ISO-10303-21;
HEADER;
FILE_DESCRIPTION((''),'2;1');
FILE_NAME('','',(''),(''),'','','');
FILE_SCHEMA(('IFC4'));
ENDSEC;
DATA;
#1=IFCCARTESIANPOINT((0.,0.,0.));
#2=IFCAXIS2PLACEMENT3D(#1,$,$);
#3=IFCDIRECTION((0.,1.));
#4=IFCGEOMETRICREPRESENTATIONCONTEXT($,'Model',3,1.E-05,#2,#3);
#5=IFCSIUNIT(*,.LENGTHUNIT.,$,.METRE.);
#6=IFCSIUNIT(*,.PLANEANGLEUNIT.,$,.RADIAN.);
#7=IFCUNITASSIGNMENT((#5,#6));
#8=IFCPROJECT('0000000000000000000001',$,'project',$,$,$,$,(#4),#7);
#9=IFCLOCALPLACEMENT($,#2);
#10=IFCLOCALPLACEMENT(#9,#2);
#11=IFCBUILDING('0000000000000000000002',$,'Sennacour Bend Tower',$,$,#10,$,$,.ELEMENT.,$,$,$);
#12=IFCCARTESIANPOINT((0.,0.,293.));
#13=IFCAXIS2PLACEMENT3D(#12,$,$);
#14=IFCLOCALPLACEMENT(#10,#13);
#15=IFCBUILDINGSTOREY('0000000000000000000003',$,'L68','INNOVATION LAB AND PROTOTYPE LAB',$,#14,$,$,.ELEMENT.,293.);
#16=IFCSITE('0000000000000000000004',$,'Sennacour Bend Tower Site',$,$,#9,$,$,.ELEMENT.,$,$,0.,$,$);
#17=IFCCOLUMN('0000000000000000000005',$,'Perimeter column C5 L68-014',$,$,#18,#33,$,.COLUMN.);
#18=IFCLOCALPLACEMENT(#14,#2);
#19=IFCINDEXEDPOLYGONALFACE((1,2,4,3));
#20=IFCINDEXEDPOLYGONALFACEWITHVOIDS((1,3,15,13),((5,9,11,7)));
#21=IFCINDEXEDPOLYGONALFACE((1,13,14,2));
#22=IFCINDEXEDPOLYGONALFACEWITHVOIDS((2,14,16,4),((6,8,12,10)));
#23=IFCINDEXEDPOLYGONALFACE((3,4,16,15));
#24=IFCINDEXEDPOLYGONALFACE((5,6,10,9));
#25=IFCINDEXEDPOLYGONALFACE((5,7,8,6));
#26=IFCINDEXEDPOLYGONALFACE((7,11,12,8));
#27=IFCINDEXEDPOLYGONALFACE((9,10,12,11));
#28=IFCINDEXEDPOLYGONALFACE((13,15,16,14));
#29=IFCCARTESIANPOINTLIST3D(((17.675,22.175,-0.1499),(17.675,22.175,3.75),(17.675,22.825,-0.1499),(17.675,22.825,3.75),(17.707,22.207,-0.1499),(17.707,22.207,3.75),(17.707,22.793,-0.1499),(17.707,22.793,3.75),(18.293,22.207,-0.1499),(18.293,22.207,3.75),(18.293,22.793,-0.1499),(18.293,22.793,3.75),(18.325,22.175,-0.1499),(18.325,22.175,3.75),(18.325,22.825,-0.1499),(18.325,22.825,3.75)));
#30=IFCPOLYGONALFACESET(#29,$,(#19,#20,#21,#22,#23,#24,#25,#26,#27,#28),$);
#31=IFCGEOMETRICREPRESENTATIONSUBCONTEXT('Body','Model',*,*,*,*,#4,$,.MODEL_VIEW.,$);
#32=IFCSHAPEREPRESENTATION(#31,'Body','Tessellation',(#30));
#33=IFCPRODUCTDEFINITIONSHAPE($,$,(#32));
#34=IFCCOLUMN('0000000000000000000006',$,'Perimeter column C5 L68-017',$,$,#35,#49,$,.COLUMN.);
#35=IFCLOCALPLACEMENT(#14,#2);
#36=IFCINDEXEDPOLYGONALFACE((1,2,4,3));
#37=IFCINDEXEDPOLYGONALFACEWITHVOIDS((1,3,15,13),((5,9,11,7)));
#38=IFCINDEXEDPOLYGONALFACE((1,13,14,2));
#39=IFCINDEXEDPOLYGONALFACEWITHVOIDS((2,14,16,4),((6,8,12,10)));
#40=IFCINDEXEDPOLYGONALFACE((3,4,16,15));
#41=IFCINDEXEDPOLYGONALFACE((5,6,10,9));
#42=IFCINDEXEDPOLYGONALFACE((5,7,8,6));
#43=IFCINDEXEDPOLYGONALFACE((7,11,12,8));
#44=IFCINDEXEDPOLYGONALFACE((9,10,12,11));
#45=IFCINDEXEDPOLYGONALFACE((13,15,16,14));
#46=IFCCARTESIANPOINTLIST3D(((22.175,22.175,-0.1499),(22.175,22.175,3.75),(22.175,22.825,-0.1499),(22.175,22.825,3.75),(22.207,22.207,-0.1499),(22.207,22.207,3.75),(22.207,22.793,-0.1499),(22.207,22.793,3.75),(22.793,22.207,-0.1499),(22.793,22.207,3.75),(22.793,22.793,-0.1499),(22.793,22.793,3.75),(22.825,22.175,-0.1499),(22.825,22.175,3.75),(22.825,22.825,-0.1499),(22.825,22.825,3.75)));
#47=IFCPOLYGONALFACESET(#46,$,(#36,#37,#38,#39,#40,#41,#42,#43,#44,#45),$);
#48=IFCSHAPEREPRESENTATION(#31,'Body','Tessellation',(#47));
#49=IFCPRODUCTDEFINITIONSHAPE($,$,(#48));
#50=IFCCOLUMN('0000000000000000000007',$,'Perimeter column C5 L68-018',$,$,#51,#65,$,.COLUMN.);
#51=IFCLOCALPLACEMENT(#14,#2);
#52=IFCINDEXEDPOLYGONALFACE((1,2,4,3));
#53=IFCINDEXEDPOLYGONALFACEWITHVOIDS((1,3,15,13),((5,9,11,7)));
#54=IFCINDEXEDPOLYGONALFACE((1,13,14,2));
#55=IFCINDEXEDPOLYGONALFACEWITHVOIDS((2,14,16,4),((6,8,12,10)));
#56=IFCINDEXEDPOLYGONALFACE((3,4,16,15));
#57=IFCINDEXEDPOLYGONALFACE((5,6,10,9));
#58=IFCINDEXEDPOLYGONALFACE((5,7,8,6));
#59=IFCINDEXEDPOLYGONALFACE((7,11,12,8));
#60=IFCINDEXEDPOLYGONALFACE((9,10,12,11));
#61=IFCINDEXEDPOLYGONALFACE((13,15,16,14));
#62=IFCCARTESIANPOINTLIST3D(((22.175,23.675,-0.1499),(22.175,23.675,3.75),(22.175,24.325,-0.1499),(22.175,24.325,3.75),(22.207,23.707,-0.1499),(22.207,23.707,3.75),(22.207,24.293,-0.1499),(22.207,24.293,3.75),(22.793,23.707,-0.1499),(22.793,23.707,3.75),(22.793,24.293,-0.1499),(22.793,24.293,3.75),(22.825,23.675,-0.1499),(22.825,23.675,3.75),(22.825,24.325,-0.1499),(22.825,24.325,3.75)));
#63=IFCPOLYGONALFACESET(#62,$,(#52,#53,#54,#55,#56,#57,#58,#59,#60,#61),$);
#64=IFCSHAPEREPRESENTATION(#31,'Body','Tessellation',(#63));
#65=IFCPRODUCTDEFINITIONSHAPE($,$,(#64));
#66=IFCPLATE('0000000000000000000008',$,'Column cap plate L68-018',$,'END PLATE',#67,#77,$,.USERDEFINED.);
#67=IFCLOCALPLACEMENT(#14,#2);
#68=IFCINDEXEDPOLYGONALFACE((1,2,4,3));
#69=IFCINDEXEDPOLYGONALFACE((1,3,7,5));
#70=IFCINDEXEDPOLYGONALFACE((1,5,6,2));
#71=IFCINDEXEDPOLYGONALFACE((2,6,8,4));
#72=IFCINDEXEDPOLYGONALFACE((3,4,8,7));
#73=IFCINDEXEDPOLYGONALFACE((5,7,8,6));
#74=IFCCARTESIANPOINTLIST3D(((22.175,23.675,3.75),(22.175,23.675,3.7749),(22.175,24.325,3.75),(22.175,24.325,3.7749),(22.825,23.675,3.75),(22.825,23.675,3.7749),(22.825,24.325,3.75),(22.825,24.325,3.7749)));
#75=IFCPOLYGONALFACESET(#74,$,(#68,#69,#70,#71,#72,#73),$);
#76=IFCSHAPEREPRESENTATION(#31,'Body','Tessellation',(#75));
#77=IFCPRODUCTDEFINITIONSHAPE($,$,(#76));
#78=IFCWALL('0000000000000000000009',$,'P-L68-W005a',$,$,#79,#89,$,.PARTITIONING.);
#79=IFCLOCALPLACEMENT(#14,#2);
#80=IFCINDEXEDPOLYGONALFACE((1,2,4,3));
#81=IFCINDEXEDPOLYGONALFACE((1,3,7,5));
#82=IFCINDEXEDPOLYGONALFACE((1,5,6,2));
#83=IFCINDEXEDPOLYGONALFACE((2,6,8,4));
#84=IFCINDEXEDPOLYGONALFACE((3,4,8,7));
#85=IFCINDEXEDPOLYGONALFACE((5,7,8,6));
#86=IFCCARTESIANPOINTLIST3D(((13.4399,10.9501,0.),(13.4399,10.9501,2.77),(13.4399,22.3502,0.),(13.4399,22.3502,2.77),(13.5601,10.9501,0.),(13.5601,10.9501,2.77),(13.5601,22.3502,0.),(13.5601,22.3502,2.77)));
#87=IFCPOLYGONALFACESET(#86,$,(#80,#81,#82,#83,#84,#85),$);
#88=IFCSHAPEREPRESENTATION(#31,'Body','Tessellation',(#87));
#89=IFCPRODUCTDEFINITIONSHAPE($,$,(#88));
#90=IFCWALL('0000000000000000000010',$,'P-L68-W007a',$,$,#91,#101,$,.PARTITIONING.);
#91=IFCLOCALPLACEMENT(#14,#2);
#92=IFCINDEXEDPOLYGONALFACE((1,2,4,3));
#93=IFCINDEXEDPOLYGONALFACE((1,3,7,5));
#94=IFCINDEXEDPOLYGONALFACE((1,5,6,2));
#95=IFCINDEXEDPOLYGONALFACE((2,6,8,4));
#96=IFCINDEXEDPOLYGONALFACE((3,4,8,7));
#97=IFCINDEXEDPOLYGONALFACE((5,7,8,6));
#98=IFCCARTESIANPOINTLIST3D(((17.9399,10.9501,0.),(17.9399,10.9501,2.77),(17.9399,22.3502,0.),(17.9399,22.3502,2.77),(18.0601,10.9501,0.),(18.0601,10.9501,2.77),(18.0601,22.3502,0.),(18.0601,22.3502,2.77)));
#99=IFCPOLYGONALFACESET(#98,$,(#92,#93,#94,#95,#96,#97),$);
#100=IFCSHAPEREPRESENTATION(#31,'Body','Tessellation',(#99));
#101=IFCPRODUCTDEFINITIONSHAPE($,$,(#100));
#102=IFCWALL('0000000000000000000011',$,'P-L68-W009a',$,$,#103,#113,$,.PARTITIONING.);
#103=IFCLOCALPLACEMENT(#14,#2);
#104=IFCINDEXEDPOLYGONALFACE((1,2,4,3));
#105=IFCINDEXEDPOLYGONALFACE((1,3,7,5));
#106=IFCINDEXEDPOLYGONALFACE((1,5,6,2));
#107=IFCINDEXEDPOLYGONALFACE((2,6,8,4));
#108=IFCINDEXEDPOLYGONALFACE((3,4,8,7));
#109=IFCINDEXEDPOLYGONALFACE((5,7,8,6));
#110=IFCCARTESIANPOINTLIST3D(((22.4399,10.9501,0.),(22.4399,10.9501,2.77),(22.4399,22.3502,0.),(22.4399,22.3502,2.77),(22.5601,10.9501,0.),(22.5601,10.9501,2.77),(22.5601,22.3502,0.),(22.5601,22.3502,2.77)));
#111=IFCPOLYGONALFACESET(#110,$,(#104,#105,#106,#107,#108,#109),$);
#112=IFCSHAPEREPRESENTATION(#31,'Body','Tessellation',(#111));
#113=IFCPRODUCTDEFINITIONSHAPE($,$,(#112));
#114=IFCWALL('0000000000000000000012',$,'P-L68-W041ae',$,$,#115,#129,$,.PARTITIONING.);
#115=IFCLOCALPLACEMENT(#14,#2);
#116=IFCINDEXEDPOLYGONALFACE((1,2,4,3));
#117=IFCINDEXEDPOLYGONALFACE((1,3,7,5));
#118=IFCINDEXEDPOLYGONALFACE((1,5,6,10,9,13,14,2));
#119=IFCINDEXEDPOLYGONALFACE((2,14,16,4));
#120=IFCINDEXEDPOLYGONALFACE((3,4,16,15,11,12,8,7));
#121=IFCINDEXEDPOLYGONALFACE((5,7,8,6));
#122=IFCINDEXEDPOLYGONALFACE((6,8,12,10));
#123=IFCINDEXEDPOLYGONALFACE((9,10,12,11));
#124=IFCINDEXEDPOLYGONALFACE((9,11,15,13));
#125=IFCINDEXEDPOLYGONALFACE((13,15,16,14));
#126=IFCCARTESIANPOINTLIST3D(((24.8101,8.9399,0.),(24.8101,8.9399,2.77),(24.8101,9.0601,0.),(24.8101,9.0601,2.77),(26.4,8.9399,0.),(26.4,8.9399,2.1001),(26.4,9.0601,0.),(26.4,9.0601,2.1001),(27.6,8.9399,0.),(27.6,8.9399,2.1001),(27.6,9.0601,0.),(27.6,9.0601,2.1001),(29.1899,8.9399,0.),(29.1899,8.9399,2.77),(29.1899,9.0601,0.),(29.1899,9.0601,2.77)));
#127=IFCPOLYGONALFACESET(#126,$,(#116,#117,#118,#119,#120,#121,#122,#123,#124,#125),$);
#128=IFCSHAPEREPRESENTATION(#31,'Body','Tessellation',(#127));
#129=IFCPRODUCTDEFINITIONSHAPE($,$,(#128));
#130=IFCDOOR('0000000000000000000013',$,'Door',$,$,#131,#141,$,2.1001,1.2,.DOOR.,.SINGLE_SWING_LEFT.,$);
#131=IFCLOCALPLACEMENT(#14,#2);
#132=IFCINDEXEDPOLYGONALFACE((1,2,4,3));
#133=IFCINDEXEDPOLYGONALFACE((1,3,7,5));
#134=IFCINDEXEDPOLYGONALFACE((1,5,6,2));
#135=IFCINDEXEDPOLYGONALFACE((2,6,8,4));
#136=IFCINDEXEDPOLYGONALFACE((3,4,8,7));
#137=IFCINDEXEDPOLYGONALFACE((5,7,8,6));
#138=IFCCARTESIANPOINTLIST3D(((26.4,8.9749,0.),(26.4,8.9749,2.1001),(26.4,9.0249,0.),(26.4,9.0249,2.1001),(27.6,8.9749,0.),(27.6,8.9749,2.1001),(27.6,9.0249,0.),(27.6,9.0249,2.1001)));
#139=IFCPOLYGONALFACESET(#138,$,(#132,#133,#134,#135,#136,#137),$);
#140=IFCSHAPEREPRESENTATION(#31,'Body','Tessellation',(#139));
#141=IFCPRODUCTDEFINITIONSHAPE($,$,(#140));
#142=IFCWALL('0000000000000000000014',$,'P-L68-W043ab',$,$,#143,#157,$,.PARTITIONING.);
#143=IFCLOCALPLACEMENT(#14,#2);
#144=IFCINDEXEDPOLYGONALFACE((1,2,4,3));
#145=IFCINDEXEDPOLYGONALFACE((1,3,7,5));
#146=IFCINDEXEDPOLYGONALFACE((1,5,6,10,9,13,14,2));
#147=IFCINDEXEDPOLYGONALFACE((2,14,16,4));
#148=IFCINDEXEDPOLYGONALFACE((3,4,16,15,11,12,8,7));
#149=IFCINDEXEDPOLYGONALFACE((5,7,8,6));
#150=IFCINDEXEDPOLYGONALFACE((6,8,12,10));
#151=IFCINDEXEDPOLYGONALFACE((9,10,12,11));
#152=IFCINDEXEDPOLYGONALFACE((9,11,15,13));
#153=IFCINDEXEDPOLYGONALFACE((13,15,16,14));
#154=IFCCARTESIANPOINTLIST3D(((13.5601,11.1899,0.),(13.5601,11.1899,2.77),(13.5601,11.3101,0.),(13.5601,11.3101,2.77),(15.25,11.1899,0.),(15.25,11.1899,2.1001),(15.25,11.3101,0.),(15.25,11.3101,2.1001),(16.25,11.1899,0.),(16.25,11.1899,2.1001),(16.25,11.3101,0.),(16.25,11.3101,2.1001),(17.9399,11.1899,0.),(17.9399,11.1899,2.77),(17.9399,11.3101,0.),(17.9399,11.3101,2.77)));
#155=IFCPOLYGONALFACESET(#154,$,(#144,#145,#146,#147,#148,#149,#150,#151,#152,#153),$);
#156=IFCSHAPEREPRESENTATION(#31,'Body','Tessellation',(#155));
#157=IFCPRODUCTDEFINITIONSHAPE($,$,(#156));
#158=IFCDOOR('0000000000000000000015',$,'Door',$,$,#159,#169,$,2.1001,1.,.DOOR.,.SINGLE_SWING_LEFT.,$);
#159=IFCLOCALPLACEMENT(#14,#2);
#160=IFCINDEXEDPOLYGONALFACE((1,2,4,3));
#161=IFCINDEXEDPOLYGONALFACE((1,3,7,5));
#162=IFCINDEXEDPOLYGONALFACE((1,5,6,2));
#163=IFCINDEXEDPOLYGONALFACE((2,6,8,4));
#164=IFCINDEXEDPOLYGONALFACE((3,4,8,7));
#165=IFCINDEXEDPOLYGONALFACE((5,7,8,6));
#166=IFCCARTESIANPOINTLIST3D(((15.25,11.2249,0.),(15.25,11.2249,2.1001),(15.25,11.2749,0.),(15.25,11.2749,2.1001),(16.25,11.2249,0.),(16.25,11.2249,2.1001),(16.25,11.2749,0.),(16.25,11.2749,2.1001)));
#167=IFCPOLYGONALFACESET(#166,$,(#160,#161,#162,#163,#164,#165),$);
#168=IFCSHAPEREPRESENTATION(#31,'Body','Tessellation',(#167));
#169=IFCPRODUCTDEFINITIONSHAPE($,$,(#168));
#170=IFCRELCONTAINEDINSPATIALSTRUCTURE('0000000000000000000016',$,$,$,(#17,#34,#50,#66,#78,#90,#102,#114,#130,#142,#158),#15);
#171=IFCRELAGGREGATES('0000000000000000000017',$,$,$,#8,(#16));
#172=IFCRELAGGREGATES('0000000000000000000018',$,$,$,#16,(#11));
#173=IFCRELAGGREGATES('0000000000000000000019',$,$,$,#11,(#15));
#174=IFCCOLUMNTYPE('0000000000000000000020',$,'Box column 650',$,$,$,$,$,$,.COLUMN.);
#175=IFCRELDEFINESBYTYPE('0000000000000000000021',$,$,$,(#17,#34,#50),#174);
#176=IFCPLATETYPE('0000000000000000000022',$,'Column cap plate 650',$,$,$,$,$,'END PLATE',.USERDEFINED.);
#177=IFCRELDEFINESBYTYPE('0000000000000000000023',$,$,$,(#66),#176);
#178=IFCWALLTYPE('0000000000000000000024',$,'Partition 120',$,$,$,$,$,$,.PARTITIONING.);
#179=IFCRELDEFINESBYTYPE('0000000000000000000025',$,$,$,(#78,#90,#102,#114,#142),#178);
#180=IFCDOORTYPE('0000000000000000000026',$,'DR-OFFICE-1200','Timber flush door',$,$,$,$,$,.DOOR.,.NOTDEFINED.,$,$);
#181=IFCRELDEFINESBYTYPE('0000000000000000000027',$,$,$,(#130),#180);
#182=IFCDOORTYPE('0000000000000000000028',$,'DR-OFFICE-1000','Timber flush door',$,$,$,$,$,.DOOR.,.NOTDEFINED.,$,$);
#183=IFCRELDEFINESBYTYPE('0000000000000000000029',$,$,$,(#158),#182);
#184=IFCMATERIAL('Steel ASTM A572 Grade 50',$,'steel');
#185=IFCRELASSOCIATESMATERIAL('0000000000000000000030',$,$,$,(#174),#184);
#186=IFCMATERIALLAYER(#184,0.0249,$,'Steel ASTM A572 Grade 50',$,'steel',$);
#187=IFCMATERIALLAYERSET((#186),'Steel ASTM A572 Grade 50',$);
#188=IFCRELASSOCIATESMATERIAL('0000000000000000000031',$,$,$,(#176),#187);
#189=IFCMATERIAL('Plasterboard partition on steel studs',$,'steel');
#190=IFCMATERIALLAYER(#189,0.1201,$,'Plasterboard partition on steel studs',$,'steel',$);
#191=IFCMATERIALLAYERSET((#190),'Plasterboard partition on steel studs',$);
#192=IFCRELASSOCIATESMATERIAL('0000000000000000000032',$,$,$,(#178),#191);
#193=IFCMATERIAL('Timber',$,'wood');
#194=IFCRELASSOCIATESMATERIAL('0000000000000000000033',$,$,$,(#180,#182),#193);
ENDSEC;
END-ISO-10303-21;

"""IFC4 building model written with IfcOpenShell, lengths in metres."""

from ifc_helpers import new_model, si_unit, direction, frame, frame_2d, origin, origin_2d, place, context, subcontext, project, spatial, rectangle, hollow_rectangle, extrude, material, layer, layer_set, material_profile, profile_set, type_object, element, fill, save


model = new_model("IFC4")

# Units and contexts
model_context = context("Model", 3, precision=1e-05, world=origin(), true_north=direction((0.0, 1.0)))
body_context = subcontext(model_context, "Body", "Model", "MODEL_VIEW")
ifc_project = project(units=[si_unit("LENGTHUNIT", "METRE"), si_unit("PLANEANGLEUNIT", "RADIAN")], contexts=[model_context])

# Site, building, storey
site_placement = place(None, origin())
site = spatial("IfcSite", under=ifc_project, at=site_placement, Name="Sennacour Bend Tower Site", CompositionType="ELEMENT", RefElevation=0.0)
building_placement = place(site_placement, origin())
building = spatial("IfcBuilding", under=site, at=building_placement, Name="Sennacour Bend Tower", CompositionType="ELEMENT")
storey_placement = place(building_placement, frame((0.0, 0.0, 293.0)))
storey = spatial("IfcBuildingStorey", under=building, at=storey_placement, Name="L68", Description="INNOVATION LAB AND PROTOTYPE LAB", CompositionType="ELEMENT", Elevation=293.0)

# Columns
ifc_material_1 = material(Name="Steel ASTM A572 Grade 50", Category="steel")
ifc_material_profile = material_profile(ifc_material_1, hollow_rectangle(XDim=0.6499, YDim=0.6499, WallThickness=0.032, at=origin_2d()), Name="Steel ASTM A572 Grade 50", Category="steel")
ifc_profile_set = profile_set([ifc_material_profile], Name="Steel ASTM A572 Grade 50")
column_type = type_object("IfcColumnType", Name="Box column 650", PredefinedType="COLUMN", material=ifc_profile_set)
for number, where, z_axis, x_axis, name in (
    (1, (18.0, 22.5, -0.1499), (0.0, 0.0, 1.0), (1.0, 0.0, 0.0), "Perimeter column C5 L68-014"),
    (2, (22.5, 22.5, -0.1499), (0.0, 0.0, 1.0), (1.0, 0.0, 0.0), "Perimeter column C5 L68-017"),
    (3, (22.5, 24.0, -0.1499), (0.0, 0.0, 1.0), (1.0, 0.0, 0.0), "Perimeter column C5 L68-018"),
):
    element("IfcColumn", number, at=place(storey_placement, frame(where, z_axis=z_axis, x_axis=x_axis)), inside=storey, type_object=column_type, Name=name, PredefinedType="COLUMN", context=body_context, shape_type="SweptSolid", body=[
        extrude(hollow_rectangle(XDim=0.6499, YDim=0.6499, WallThickness=0.032, at=origin_2d()), origin(), (0.0, 0.0, 1.0), 3.8999),
    ])

# Plate
ifc_layer_1 = layer(ifc_material_1, 0.0249, Name="Steel ASTM A572 Grade 50", Category="steel")
ifc_layer_set_1 = layer_set([ifc_layer_1], Name="Steel ASTM A572 Grade 50")
plate_type = type_object("IfcPlateType", Name="Column cap plate 650", ElementType="END PLATE", PredefinedType="USERDEFINED", material=ifc_layer_set_1)
plate_placement = place(storey_placement, frame((22.5, 24.0, 3.75), z_axis=(0.0, 0.0, 1.0), x_axis=(1.0, 0.0, 0.0)))
element("IfcPlate", 4, at=plate_placement, inside=storey, type_object=plate_type, Name="Column cap plate L68-018", ObjectType="END PLATE", PredefinedType="USERDEFINED", context=body_context, shape_type="SweptSolid", body=[
    extrude(rectangle(XDim=0.6499, YDim=0.6499, at=origin_2d()), origin(), (0.0, 0.0, 1.0), 0.0249),
])

# Walls
ifc_material_2 = material(Name="Plasterboard partition on steel studs", Category="steel")
ifc_layer_2 = layer(ifc_material_2, 0.1201, Name="Plasterboard partition on steel studs", Category="steel")
ifc_layer_set_2 = layer_set([ifc_layer_2], Name="Plasterboard partition on steel studs")
wall_type_1 = type_object("IfcWallType", Name="Partition 120", PredefinedType="PARTITIONING", material=ifc_layer_set_2)
for number, where, z_axis, x_axis, name in (
    (5, (13.5, 10.95, 0.0), (0.0, 0.0, 1.0), (0.0, 1.0, 0.0), "P-L68-W005a"),
    (6, (18.0, 10.95, 0.0), (0.0, 0.0, 1.0), (0.0, 1.0, 0.0), "P-L68-W007a"),
    (7, (22.5, 10.95, 0.0), (0.0, 0.0, 1.0), (0.0, 1.0, 0.0), "P-L68-W009a"),
):
    element("IfcWall", number, at=place(storey_placement, frame(where, z_axis=z_axis, x_axis=x_axis)), inside=storey, type_object=wall_type_1, Name=name, PredefinedType="PARTITIONING", context=body_context, shape_type="SweptSolid", body=[
        extrude(rectangle(XDim=11.4001, YDim=0.1201, at=frame_2d((5.7002, 0.0))), origin(), (0.0, 0.0, 1.0), 2.77),
    ])

# Walls, openings, doors
wall_1_placement = place(storey_placement, frame((24.8101, 9.0, 0.0), z_axis=(0.0, 0.0, 1.0), x_axis=(1.0, 0.0, 0.0)))
wall_1 = element("IfcWall", 8, at=wall_1_placement, inside=storey, type_object=wall_type_1, Name="P-L68-W041ae", PredefinedType="PARTITIONING", context=body_context, shape_type="SweptSolid", body=[
    extrude(rectangle(XDim=4.3799, YDim=0.1201, at=frame_2d((2.1899, 0.0))), origin(), (0.0, 0.0, 1.0), 2.77),
])
opening_1_placement = place(wall_1_placement, frame((1.5898, 0.0, 0.0)))
opening_1 = element("IfcOpeningElement", 9, at=opening_1_placement, cuts=wall_1, PredefinedType="OPENING", context=body_context, shape_type="SweptSolid", body=[
    extrude(rectangle(XDim=1.2, YDim=2.1001, at=frame_2d((0.6001, 1.05))), frame((0.0, 0.0701, 0.0), z_axis=(0.0, -1.0, 0.0), x_axis=(1.0, 0.0, 0.0)), (0.0, 0.0, 1.0), 0.1401),
])
ifc_material_3 = material(Name="Timber", Category="wood")
door_type_1 = type_object("IfcDoorType", Name="DR-OFFICE-1200", Description="Timber flush door", OperationType="NOTDEFINED", PredefinedType="DOOR", material=ifc_material_3)
door_1_placement = place(opening_1_placement, origin())
door_1 = element("IfcDoor", 10, at=door_1_placement, inside=storey, type_object=door_type_1, Name="Door", OperationType="SINGLE_SWING_LEFT", OverallHeight=2.1001, OverallWidth=1.2, PredefinedType="DOOR", context=body_context, shape_type="SweptSolid", body=[
    extrude(rectangle(XDim=1.2, YDim=2.1001, at=frame_2d((0.6001, 1.05))), frame((0.0, 0.0249, 0.0), z_axis=(0.0, -1.0, 0.0), x_axis=(1.0, 0.0, 0.0)), (0.0, 0.0, 1.0), 0.05),
])
fill(opening_1, door_1)
wall_2_placement = place(storey_placement, frame((13.5601, 11.25, 0.0), z_axis=(0.0, 0.0, 1.0), x_axis=(1.0, 0.0, 0.0)))
wall_2 = element("IfcWall", 11, at=wall_2_placement, inside=storey, type_object=wall_type_1, Name="P-L68-W043ab", PredefinedType="PARTITIONING", context=body_context, shape_type="SweptSolid", body=[
    extrude(rectangle(XDim=4.3799, YDim=0.1201, at=frame_2d((2.1899, 0.0))), origin(), (0.0, 0.0, 1.0), 2.77),
])
opening_2_placement = place(wall_2_placement, frame((1.6899, 0.0, 0.0)))
opening_2 = element("IfcOpeningElement", 12, at=opening_2_placement, cuts=wall_2, PredefinedType="OPENING", context=body_context, shape_type="SweptSolid", body=[
    extrude(rectangle(XDim=1.0, YDim=2.1001, at=frame_2d((0.5, 1.05))), frame((0.0, 0.0701, 0.0), z_axis=(0.0, -1.0, 0.0), x_axis=(1.0, 0.0, 0.0)), (0.0, 0.0, 1.0), 0.1401),
])
door_type_2 = type_object("IfcDoorType", Name="DR-OFFICE-1000", Description="Timber flush door", OperationType="NOTDEFINED", PredefinedType="DOOR", material=ifc_material_3)
door_2_placement = place(opening_2_placement, origin())
door_2 = element("IfcDoor", 13, at=door_2_placement, inside=storey, type_object=door_type_2, Name="Door", OperationType="SINGLE_SWING_LEFT", OverallHeight=2.1001, OverallWidth=1.0, PredefinedType="DOOR", context=body_context, shape_type="SweptSolid", body=[
    extrude(rectangle(XDim=1.0, YDim=2.1001, at=frame_2d((0.5, 1.05))), frame((0.0, 0.0249, 0.0), z_axis=(0.0, -1.0, 0.0), x_axis=(1.0, 0.0, 0.0)), (0.0, 0.0, 1.0), 0.05),
])
fill(opening_2, door_2)

save(model, "model.ifc")
